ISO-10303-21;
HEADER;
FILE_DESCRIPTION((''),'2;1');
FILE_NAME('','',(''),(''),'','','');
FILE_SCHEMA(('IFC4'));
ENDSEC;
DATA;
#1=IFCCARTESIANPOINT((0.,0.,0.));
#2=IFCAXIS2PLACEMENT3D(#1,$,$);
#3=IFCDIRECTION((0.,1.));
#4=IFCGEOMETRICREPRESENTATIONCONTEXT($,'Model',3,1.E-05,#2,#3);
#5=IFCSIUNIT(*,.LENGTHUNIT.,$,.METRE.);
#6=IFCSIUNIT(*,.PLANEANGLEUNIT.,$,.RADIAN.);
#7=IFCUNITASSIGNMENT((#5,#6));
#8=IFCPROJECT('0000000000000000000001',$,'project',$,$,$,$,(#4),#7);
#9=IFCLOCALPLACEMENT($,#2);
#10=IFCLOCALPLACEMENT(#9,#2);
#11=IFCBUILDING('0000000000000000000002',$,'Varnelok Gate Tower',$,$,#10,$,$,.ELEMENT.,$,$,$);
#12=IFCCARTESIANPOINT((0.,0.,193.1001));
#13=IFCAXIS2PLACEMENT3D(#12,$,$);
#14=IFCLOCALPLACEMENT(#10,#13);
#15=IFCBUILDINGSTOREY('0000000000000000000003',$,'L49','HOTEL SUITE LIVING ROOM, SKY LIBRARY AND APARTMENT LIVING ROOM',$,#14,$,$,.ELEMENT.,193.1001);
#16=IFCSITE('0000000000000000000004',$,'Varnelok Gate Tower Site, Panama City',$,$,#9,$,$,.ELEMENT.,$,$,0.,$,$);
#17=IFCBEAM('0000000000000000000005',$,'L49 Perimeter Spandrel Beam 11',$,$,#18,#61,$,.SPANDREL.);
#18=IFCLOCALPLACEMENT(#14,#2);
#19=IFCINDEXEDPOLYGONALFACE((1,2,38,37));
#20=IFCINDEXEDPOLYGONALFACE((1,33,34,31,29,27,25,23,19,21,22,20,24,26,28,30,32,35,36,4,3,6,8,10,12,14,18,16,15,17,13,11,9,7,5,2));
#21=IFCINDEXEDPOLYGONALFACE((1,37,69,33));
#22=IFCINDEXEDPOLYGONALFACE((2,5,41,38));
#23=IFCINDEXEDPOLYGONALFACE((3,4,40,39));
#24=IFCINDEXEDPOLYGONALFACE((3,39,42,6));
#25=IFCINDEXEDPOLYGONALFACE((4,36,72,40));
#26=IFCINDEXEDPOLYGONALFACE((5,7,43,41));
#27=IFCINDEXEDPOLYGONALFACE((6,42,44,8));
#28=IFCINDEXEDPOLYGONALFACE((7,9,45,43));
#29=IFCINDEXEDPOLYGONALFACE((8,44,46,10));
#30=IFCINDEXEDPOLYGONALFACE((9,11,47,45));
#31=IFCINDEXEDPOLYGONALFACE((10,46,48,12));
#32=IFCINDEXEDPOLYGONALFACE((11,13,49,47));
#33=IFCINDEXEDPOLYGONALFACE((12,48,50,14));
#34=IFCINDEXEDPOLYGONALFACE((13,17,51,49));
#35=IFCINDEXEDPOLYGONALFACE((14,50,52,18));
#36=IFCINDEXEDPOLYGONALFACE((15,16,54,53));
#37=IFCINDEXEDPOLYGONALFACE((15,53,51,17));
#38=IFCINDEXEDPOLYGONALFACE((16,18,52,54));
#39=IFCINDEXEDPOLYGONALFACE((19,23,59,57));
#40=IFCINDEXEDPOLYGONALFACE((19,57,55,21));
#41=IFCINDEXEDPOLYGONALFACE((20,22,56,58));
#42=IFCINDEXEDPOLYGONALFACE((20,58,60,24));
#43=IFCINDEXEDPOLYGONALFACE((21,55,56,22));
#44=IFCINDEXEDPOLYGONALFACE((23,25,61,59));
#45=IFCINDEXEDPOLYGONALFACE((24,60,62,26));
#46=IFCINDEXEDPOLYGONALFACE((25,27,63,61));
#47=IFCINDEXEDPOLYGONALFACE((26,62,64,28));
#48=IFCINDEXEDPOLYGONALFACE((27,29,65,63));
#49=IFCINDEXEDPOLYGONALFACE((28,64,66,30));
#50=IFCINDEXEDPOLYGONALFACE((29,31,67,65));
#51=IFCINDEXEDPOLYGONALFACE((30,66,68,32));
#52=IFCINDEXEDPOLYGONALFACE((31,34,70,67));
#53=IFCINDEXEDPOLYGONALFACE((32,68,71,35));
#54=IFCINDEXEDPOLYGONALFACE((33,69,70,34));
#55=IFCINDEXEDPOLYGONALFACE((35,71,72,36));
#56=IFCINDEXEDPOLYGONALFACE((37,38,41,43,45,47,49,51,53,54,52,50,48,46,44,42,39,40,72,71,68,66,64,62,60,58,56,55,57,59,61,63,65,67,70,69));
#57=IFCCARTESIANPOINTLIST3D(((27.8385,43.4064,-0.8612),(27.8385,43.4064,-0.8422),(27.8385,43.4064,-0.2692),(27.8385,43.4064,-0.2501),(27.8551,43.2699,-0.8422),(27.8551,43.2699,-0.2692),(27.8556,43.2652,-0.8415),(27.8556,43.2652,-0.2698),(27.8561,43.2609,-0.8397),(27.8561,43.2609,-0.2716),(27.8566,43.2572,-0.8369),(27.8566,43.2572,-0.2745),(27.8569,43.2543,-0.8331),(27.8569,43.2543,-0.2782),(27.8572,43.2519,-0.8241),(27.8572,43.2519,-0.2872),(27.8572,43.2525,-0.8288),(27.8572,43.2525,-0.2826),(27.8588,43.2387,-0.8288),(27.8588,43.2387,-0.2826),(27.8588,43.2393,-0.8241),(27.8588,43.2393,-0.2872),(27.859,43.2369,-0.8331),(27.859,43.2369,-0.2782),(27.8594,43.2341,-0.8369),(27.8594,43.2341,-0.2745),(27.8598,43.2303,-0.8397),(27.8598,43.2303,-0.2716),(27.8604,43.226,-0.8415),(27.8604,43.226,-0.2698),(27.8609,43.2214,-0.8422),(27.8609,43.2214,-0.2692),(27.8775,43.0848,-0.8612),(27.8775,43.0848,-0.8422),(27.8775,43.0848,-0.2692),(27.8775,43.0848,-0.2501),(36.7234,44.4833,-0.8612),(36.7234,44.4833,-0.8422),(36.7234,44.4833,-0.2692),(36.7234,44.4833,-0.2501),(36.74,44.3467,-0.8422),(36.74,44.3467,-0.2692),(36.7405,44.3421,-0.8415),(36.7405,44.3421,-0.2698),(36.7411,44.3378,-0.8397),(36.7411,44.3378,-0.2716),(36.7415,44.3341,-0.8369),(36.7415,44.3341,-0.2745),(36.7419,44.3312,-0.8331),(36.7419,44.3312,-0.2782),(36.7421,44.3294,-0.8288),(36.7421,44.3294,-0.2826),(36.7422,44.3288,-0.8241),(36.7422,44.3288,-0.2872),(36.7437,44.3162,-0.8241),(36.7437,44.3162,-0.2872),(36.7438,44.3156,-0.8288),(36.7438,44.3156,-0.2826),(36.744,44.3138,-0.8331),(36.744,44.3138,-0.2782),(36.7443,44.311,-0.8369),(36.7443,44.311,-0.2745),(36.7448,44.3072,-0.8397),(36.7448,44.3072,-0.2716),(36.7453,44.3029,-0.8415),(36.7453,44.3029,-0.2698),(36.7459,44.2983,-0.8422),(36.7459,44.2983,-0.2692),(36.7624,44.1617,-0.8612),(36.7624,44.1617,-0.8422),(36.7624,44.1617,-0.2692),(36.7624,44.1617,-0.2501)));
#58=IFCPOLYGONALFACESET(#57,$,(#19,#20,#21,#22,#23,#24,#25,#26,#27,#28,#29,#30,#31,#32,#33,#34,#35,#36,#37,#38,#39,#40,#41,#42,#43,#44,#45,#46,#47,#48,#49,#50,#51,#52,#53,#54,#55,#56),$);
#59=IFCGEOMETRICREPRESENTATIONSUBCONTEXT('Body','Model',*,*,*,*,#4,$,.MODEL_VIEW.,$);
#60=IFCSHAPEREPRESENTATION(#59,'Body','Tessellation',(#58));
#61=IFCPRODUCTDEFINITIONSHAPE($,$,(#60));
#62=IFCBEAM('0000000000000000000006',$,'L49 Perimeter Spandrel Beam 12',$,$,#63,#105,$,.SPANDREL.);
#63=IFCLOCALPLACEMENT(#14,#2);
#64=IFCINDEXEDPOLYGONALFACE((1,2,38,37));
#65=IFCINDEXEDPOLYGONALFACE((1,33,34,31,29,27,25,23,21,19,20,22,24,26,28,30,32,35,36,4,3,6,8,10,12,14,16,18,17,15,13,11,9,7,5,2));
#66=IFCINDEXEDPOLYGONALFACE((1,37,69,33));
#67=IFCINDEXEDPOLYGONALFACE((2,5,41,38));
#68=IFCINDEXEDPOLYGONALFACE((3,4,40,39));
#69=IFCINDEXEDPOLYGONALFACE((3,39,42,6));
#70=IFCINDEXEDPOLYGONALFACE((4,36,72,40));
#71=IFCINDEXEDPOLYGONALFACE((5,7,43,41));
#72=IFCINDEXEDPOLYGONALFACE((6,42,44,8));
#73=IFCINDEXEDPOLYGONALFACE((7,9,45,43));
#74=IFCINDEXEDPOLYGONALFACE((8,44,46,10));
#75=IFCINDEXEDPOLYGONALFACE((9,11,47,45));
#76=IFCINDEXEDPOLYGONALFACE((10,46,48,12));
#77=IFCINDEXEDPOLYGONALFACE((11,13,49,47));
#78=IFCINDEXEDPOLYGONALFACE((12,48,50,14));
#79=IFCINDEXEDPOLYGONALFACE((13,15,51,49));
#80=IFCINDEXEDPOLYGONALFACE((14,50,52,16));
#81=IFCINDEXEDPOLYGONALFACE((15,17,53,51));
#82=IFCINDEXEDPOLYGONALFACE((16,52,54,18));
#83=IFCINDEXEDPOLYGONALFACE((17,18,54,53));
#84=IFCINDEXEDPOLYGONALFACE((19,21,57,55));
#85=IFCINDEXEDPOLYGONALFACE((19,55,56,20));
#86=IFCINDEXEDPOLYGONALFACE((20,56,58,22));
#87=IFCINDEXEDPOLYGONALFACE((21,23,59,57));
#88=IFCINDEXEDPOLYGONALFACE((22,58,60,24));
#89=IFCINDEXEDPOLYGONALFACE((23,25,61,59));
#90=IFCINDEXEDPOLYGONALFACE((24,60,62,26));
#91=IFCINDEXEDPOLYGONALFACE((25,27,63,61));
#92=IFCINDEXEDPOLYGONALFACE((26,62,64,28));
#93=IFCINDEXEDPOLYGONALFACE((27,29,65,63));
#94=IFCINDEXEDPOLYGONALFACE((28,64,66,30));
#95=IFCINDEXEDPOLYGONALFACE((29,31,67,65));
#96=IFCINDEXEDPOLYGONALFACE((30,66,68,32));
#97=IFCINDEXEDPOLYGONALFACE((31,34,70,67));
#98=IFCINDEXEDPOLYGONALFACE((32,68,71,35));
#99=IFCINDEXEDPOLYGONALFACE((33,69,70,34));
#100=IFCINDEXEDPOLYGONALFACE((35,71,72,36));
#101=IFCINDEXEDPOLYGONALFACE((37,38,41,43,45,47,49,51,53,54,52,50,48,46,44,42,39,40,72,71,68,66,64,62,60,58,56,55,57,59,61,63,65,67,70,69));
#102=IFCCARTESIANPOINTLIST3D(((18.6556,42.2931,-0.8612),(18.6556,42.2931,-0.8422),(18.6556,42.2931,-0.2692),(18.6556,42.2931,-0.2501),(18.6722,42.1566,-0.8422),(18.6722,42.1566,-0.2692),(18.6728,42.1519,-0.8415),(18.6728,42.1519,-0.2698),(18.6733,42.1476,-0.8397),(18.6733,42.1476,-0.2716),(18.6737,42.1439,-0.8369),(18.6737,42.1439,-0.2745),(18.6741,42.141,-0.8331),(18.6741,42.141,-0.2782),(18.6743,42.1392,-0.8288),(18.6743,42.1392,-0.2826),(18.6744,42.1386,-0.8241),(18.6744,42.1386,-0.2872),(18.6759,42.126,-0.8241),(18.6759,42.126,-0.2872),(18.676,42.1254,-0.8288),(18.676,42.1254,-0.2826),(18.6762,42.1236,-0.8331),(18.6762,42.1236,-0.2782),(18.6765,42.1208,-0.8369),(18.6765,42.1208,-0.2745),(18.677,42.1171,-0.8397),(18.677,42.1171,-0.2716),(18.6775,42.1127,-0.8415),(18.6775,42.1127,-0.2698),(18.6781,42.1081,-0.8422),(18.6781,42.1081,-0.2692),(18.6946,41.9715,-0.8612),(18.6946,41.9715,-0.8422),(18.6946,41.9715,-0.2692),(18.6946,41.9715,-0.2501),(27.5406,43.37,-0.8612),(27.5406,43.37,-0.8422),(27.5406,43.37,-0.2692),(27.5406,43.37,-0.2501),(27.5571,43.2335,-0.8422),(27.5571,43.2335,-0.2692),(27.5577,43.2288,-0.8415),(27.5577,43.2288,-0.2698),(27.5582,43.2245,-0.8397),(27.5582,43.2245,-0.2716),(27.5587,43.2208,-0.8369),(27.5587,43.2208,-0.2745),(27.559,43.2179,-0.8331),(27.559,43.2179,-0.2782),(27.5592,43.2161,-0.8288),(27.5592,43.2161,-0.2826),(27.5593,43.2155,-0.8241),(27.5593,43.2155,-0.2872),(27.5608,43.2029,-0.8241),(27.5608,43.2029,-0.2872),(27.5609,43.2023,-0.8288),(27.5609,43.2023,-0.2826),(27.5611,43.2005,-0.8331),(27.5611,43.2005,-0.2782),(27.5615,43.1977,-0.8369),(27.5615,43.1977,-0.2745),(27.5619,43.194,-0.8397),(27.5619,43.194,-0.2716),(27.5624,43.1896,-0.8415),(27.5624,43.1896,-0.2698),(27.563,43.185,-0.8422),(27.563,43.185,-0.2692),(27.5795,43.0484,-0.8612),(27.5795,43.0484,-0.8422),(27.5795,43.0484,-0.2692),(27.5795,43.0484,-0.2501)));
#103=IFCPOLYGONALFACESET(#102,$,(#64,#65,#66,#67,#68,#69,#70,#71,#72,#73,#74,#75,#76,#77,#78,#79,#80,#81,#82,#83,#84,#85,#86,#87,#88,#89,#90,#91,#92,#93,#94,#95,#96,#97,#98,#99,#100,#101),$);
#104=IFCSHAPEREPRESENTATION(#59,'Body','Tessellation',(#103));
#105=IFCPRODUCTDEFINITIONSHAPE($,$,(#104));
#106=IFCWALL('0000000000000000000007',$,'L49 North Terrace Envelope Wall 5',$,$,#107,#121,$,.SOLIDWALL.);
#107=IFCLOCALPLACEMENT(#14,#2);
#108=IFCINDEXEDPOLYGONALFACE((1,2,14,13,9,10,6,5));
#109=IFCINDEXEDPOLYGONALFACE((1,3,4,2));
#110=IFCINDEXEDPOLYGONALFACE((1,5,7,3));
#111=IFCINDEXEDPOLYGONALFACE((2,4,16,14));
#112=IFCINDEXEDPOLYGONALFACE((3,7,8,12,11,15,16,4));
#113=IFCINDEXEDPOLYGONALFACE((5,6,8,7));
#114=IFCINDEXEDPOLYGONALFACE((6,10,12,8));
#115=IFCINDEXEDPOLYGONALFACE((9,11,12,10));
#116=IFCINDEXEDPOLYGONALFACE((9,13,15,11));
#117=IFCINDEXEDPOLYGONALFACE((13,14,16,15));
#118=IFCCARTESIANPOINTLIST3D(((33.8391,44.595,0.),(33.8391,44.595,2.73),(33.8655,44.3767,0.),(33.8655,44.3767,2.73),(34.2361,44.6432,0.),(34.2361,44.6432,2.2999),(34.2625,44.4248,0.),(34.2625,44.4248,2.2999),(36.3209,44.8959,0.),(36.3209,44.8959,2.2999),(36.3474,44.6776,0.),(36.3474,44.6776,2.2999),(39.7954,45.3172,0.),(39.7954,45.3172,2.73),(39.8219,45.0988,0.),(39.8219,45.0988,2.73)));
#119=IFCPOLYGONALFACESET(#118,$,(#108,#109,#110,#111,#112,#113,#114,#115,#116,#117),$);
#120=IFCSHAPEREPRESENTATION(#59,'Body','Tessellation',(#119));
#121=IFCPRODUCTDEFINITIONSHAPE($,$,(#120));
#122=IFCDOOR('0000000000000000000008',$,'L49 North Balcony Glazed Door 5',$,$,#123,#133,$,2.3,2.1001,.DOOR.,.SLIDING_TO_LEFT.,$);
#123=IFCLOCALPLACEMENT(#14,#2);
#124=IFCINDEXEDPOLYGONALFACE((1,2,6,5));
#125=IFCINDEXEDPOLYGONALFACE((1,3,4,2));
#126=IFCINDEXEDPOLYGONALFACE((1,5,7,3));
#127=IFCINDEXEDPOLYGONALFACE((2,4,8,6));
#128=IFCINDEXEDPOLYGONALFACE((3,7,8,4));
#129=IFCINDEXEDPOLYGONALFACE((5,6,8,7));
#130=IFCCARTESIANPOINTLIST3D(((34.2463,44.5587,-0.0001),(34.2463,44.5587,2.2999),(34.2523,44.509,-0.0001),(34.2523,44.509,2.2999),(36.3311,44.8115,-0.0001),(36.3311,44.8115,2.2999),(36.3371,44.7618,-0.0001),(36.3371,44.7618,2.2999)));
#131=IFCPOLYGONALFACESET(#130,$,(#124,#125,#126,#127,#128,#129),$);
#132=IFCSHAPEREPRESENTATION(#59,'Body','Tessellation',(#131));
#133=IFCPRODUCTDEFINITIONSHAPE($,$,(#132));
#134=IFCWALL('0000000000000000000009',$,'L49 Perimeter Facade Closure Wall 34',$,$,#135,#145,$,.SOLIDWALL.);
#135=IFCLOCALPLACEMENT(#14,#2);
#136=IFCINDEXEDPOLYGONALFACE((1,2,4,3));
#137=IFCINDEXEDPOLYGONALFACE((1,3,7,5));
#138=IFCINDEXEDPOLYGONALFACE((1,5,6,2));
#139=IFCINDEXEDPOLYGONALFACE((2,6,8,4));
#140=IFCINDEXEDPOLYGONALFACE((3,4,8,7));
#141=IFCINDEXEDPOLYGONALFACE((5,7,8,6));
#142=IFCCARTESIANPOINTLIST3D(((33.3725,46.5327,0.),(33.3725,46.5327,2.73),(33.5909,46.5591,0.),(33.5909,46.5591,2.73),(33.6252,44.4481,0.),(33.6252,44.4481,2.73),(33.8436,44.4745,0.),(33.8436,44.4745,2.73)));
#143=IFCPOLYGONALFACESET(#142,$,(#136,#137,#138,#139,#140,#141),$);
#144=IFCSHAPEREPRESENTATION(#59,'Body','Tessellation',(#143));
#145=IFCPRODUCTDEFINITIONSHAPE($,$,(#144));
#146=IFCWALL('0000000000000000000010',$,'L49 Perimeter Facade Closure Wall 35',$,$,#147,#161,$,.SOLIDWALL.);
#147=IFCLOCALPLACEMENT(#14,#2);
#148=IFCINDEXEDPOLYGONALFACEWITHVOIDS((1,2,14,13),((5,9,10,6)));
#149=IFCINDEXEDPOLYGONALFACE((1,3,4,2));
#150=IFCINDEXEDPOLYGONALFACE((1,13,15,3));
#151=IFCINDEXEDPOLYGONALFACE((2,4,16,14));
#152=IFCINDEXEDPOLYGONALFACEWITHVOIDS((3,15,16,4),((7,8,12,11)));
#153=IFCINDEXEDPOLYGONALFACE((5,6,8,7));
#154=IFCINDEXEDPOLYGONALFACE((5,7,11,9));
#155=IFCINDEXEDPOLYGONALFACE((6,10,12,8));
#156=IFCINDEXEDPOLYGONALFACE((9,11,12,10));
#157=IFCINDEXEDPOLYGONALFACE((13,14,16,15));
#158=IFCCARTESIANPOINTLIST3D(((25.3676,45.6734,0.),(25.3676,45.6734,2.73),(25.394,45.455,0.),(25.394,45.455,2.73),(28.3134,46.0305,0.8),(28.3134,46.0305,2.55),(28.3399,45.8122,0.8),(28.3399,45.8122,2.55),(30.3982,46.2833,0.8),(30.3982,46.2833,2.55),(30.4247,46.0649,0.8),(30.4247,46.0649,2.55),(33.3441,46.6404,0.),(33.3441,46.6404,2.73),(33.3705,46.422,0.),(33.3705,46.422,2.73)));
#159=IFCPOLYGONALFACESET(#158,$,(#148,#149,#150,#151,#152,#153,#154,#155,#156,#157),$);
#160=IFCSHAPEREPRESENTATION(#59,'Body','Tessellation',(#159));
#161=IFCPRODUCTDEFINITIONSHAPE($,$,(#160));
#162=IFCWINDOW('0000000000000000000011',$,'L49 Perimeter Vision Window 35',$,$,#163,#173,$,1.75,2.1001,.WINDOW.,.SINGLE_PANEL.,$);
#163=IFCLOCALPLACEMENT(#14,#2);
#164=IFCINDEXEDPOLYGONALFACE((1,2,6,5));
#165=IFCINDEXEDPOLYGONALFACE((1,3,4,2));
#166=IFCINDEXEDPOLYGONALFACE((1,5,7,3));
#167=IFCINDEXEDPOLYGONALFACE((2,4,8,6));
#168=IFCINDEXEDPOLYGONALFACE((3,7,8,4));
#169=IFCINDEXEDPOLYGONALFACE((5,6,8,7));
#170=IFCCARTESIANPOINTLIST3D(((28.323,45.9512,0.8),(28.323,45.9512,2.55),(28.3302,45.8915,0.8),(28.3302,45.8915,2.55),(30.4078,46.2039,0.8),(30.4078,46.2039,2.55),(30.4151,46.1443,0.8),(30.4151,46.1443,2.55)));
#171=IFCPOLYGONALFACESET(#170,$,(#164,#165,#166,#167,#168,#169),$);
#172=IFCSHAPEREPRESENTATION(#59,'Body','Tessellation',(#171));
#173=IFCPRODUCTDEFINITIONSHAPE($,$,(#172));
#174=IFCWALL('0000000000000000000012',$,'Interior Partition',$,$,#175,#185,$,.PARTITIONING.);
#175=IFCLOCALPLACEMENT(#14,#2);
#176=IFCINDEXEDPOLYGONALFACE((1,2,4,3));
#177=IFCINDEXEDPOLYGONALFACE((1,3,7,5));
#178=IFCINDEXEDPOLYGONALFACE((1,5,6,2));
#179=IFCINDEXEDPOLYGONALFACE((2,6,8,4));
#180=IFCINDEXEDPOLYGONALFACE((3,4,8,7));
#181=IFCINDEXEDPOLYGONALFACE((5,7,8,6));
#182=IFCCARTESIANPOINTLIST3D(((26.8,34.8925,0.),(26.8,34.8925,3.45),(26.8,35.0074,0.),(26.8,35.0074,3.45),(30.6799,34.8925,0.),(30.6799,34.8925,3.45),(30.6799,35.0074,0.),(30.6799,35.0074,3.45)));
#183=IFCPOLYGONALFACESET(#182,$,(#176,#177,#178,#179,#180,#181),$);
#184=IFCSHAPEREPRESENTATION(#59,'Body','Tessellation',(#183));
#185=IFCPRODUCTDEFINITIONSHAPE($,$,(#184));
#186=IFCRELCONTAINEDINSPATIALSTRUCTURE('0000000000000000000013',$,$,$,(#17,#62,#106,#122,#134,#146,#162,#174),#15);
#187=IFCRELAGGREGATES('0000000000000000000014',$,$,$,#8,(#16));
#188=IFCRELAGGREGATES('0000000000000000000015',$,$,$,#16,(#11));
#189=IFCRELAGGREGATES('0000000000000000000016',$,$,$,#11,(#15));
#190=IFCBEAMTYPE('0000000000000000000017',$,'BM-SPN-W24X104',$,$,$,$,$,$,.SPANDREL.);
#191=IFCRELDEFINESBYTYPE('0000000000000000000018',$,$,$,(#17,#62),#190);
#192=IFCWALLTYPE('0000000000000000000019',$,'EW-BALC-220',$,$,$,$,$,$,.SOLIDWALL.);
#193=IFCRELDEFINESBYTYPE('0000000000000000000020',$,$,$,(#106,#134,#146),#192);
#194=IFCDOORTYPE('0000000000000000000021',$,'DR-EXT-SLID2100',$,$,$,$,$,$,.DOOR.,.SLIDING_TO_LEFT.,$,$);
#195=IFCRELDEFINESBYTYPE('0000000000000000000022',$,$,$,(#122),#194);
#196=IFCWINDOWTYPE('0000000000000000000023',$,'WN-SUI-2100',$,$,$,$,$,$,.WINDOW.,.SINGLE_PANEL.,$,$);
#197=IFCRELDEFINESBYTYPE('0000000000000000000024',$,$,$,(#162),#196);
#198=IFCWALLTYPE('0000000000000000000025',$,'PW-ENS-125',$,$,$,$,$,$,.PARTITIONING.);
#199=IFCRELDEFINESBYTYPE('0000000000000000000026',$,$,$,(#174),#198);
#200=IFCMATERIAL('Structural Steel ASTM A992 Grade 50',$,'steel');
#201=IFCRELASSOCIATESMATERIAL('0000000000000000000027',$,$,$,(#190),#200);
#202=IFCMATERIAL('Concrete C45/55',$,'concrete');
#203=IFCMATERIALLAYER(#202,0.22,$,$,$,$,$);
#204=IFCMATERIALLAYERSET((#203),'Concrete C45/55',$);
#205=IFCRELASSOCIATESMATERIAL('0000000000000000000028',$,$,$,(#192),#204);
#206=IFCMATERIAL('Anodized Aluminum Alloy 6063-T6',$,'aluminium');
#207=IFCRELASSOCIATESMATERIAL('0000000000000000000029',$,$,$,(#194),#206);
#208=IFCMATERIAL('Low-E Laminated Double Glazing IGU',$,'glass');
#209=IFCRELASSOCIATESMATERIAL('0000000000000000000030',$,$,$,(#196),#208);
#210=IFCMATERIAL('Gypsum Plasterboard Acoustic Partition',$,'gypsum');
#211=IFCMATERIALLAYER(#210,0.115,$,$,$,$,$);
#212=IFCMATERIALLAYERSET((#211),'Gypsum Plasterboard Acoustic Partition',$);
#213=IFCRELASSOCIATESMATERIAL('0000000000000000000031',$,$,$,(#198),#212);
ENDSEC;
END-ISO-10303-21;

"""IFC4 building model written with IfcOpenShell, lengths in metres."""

from ifc_helpers import new_model, si_unit, direction, frame, frame_2d, origin, origin_2d, place, context, subcontext, project, spatial, rectangle, i_section, extrude, material, layer, layer_set, material_profile, profile_set, type_object, element, fill, save


model = new_model("IFC4")

# Units and contexts
model_context = context("Model", 3, precision=1e-05, world=origin(), true_north=direction((0.0, 1.0)))
body_context = subcontext(model_context, "Body", "Model", "MODEL_VIEW")
ifc_project = project(units=[si_unit("LENGTHUNIT", "METRE"), si_unit("PLANEANGLEUNIT", "RADIAN")], contexts=[model_context])

# Site, building, storey
site_placement = place(None, origin())
site = spatial("IfcSite", under=ifc_project, at=site_placement, Name="Varnelok Gate Tower Site, Panama City", CompositionType="ELEMENT", RefElevation=0.0)
building_placement = place(site_placement, origin())
building = spatial("IfcBuilding", under=site, at=building_placement, Name="Varnelok Gate Tower", CompositionType="ELEMENT")
storey_placement = place(building_placement, frame((0.0, 0.0, 193.1001)))
storey = spatial("IfcBuildingStorey", under=building, at=storey_placement, Name="L49", Description="HOTEL SUITE LIVING ROOM, SKY LIBRARY AND APARTMENT LIVING ROOM", CompositionType="ELEMENT", Elevation=193.1001)

# Shared definitions
ifc_material_1 = material(Name="Structural Steel ASTM A992 Grade 50", Category="steel")

# Beams
ifc_material_profile_1 = material_profile(ifc_material_1, i_section(OverallWidth=0.324, OverallDepth=0.6111, WebThickness=0.0127, FlangeThickness=0.019, FilletRadius=0.0181, at=origin_2d()), Name="W24X104")
ifc_profile_set_1 = profile_set([ifc_material_profile_1], Name="Structural Steel ASTM A992 Grade 50")
beam_type_1 = type_object("IfcBeamType", Name="BM-SPN-W24X104", PredefinedType="SPANDREL", material=ifc_profile_set_1)
for number, where, z_axis, x_axis, name in (
    (1, (36.7429, 44.3225, -0.5557), (-0.992735, -0.120324, 0.0), (0.120324, -0.992735, 0.0), "L49 Perimeter Spandrel Beam 11"),
    (2, (27.5601, 43.2092, -0.5557), (-0.992735, -0.120324, 0.0), (0.120324, -0.992735, 0.0), "L49 Perimeter Spandrel Beam 12"),
):
    element("IfcBeam", number, at=place(storey_placement, frame(where, z_axis=z_axis, x_axis=x_axis)), inside=storey, type_object=beam_type_1, Name=name, PredefinedType="SPANDREL", context=body_context, shape_type="SweptSolid", body=[
        extrude(i_section(OverallWidth=0.324, OverallDepth=0.6111, WebThickness=0.0127, FlangeThickness=0.019, FilletRadius=0.0181, at=origin_2d()), origin(), (0.0, 0.0, 1.0), 8.95),
    ])

# Wall, opening, door
ifc_material_2 = material(Name="Concrete C45/55", Category="concrete")
ifc_layer_1 = layer(ifc_material_2, 0.22)
ifc_layer_set_1 = layer_set([ifc_layer_1], Name="Concrete C45/55")
wall_type_1 = type_object("IfcWallType", Name="EW-BALC-220", PredefinedType="SOLIDWALL", material=ifc_layer_set_1)
wall_1_placement = place(storey_placement, frame((33.8523, 44.4858, 0.0), z_axis=(0.0, 0.0, 1.0), x_axis=(0.99273, 0.120363, 0.0)))
wall_1 = element("IfcWall", 3, at=wall_1_placement, inside=storey, type_object=wall_type_1, Name="L49 North Terrace Envelope Wall 5", PredefinedType="SOLIDWALL", context=body_context, shape_type="SweptSolid", body=[
    extrude(rectangle(XDim=6.0, YDim=0.22, at=frame_2d((3.0, 0.0))), origin(), (0.0, 0.0, 1.0), 2.73),
])
opening_1_placement = place(wall_1_placement, frame((0.3999, 0.0, 0.0)))
opening_1 = element("IfcOpeningElement", 4, at=opening_1_placement, cuts=wall_1, PredefinedType="OPENING", context=body_context, shape_type="SweptSolid", body=[
    extrude(rectangle(XDim=2.1001, YDim=2.3, at=frame_2d((1.05, 1.1499))), frame((0.0, 0.1199, 0.0), z_axis=(0.0, -1.0, 0.0), x_axis=(1.0, 0.0, 0.0)), (0.0, 0.0, 1.0), 0.24),
])
ifc_material_3 = material(Name="Anodized Aluminum Alloy 6063-T6", Category="aluminium")
door_type_1 = type_object("IfcDoorType", Name="DR-EXT-SLID2100", OperationType="SLIDING_TO_LEFT", PredefinedType="DOOR", material=ifc_material_3)
door_1_placement = place(opening_1_placement, origin())
door_1 = element("IfcDoor", 5, at=door_1_placement, inside=storey, type_object=door_type_1, Name="L49 North Balcony Glazed Door 5", OperationType="SLIDING_TO_LEFT", OverallHeight=2.3, OverallWidth=2.1001, PredefinedType="DOOR", context=body_context, shape_type="SweptSolid", body=[
    extrude(rectangle(XDim=2.1001, YDim=2.3, at=frame_2d((1.05, 1.1499))), frame((0.0, 0.0249, 0.0), z_axis=(0.0, -1.0, 0.0), x_axis=(1.0, 0.0, 0.0)), (0.0, 0.0, 1.0), 0.05),
])
fill(opening_1, door_1)

# Wall
wall_2_placement = place(storey_placement, frame((33.7344, 44.4614, 0.0), z_axis=(0.0, 0.0, 1.0), x_axis=(-0.120328, 0.992734, 0.0)))
element("IfcWall", 6, at=wall_2_placement, inside=storey, type_object=wall_type_1, Name="L49 Perimeter Facade Closure Wall 34", PredefinedType="SOLIDWALL", context=body_context, shape_type="SweptSolid", body=[
    extrude(rectangle(XDim=2.0999, YDim=0.22, at=frame_2d((1.0498, 0.0))), origin(), (0.0, 0.0, 1.0), 2.73),
])

# Wall, opening, window
wall_3_placement = place(storey_placement, frame((33.3574, 46.5312, 0.0), z_axis=(0.0, 0.0, 1.0), x_axis=(-0.992731, -0.120354, 0.0)))
wall_3 = element("IfcWall", 7, at=wall_3_placement, inside=storey, type_object=wall_type_1, Name="L49 Perimeter Facade Closure Wall 35", PredefinedType="SOLIDWALL", context=body_context, shape_type="SweptSolid", body=[
    extrude(rectangle(XDim=8.0349, YDim=0.22, at=frame_2d((4.0176, 0.0))), origin(), (0.0, 0.0, 1.0), 2.73),
])
opening_2_placement = place(wall_3_placement, frame((2.9675, 0.0, 0.8)))
opening_2 = element("IfcOpeningElement", 8, at=opening_2_placement, cuts=wall_3, PredefinedType="OPENING", context=body_context, shape_type="SweptSolid", body=[
    extrude(rectangle(XDim=2.1001, YDim=1.75, at=frame_2d((1.05, 0.875))), frame((0.0, 0.1199, 0.0), z_axis=(0.0, -1.0, 0.0), x_axis=(1.0, 0.0, 0.0)), (0.0, 0.0, 1.0), 0.24),
])
ifc_material_4 = material(Name="Low-E Laminated Double Glazing IGU", Category="glass")
window_type = type_object("IfcWindowType", Name="WN-SUI-2100", PartitioningType="SINGLE_PANEL", PredefinedType="WINDOW", material=ifc_material_4)
window_placement = place(opening_2_placement, origin())
window = element("IfcWindow", 9, at=window_placement, inside=storey, type_object=window_type, Name="L49 Perimeter Vision Window 35", OverallHeight=1.75, OverallWidth=2.1001, PartitioningType="SINGLE_PANEL", PredefinedType="WINDOW", context=body_context, shape_type="SweptSolid", body=[
    extrude(rectangle(XDim=2.1001, YDim=1.75, at=frame_2d((1.05, 0.875))), frame((0.0, 0.03, 0.0), z_axis=(0.0, -1.0, 0.0), x_axis=(1.0, 0.0, 0.0)), (0.0, 0.0, 1.0), 0.0601),
])
fill(opening_2, window)

# Wall
ifc_material_5 = material(Name="Gypsum Plasterboard Acoustic Partition", Category="gypsum")
ifc_layer_2 = layer(ifc_material_5, 0.115)
ifc_layer_set_2 = layer_set([ifc_layer_2], Name="Gypsum Plasterboard Acoustic Partition")
wall_type_2 = type_object("IfcWallType", Name="PW-ENS-125", PredefinedType="PARTITIONING", material=ifc_layer_set_2)
wall_4_placement = place(storey_placement, frame((26.8, 34.95, 0.0), z_axis=(0.0, 0.0, 1.0), x_axis=(1.0, 0.0, 0.0)))
element("IfcWall", 10, at=wall_4_placement, inside=storey, type_object=wall_type_2, Name="Interior Partition", PredefinedType="PARTITIONING", context=body_context, shape_type="SweptSolid", body=[
    extrude(rectangle(XDim=3.8799, YDim=0.115, at=frame_2d((1.9399, 0.0))), origin(), (0.0, 0.0, 1.0), 3.45),
])

save(model, "model.ifc")
